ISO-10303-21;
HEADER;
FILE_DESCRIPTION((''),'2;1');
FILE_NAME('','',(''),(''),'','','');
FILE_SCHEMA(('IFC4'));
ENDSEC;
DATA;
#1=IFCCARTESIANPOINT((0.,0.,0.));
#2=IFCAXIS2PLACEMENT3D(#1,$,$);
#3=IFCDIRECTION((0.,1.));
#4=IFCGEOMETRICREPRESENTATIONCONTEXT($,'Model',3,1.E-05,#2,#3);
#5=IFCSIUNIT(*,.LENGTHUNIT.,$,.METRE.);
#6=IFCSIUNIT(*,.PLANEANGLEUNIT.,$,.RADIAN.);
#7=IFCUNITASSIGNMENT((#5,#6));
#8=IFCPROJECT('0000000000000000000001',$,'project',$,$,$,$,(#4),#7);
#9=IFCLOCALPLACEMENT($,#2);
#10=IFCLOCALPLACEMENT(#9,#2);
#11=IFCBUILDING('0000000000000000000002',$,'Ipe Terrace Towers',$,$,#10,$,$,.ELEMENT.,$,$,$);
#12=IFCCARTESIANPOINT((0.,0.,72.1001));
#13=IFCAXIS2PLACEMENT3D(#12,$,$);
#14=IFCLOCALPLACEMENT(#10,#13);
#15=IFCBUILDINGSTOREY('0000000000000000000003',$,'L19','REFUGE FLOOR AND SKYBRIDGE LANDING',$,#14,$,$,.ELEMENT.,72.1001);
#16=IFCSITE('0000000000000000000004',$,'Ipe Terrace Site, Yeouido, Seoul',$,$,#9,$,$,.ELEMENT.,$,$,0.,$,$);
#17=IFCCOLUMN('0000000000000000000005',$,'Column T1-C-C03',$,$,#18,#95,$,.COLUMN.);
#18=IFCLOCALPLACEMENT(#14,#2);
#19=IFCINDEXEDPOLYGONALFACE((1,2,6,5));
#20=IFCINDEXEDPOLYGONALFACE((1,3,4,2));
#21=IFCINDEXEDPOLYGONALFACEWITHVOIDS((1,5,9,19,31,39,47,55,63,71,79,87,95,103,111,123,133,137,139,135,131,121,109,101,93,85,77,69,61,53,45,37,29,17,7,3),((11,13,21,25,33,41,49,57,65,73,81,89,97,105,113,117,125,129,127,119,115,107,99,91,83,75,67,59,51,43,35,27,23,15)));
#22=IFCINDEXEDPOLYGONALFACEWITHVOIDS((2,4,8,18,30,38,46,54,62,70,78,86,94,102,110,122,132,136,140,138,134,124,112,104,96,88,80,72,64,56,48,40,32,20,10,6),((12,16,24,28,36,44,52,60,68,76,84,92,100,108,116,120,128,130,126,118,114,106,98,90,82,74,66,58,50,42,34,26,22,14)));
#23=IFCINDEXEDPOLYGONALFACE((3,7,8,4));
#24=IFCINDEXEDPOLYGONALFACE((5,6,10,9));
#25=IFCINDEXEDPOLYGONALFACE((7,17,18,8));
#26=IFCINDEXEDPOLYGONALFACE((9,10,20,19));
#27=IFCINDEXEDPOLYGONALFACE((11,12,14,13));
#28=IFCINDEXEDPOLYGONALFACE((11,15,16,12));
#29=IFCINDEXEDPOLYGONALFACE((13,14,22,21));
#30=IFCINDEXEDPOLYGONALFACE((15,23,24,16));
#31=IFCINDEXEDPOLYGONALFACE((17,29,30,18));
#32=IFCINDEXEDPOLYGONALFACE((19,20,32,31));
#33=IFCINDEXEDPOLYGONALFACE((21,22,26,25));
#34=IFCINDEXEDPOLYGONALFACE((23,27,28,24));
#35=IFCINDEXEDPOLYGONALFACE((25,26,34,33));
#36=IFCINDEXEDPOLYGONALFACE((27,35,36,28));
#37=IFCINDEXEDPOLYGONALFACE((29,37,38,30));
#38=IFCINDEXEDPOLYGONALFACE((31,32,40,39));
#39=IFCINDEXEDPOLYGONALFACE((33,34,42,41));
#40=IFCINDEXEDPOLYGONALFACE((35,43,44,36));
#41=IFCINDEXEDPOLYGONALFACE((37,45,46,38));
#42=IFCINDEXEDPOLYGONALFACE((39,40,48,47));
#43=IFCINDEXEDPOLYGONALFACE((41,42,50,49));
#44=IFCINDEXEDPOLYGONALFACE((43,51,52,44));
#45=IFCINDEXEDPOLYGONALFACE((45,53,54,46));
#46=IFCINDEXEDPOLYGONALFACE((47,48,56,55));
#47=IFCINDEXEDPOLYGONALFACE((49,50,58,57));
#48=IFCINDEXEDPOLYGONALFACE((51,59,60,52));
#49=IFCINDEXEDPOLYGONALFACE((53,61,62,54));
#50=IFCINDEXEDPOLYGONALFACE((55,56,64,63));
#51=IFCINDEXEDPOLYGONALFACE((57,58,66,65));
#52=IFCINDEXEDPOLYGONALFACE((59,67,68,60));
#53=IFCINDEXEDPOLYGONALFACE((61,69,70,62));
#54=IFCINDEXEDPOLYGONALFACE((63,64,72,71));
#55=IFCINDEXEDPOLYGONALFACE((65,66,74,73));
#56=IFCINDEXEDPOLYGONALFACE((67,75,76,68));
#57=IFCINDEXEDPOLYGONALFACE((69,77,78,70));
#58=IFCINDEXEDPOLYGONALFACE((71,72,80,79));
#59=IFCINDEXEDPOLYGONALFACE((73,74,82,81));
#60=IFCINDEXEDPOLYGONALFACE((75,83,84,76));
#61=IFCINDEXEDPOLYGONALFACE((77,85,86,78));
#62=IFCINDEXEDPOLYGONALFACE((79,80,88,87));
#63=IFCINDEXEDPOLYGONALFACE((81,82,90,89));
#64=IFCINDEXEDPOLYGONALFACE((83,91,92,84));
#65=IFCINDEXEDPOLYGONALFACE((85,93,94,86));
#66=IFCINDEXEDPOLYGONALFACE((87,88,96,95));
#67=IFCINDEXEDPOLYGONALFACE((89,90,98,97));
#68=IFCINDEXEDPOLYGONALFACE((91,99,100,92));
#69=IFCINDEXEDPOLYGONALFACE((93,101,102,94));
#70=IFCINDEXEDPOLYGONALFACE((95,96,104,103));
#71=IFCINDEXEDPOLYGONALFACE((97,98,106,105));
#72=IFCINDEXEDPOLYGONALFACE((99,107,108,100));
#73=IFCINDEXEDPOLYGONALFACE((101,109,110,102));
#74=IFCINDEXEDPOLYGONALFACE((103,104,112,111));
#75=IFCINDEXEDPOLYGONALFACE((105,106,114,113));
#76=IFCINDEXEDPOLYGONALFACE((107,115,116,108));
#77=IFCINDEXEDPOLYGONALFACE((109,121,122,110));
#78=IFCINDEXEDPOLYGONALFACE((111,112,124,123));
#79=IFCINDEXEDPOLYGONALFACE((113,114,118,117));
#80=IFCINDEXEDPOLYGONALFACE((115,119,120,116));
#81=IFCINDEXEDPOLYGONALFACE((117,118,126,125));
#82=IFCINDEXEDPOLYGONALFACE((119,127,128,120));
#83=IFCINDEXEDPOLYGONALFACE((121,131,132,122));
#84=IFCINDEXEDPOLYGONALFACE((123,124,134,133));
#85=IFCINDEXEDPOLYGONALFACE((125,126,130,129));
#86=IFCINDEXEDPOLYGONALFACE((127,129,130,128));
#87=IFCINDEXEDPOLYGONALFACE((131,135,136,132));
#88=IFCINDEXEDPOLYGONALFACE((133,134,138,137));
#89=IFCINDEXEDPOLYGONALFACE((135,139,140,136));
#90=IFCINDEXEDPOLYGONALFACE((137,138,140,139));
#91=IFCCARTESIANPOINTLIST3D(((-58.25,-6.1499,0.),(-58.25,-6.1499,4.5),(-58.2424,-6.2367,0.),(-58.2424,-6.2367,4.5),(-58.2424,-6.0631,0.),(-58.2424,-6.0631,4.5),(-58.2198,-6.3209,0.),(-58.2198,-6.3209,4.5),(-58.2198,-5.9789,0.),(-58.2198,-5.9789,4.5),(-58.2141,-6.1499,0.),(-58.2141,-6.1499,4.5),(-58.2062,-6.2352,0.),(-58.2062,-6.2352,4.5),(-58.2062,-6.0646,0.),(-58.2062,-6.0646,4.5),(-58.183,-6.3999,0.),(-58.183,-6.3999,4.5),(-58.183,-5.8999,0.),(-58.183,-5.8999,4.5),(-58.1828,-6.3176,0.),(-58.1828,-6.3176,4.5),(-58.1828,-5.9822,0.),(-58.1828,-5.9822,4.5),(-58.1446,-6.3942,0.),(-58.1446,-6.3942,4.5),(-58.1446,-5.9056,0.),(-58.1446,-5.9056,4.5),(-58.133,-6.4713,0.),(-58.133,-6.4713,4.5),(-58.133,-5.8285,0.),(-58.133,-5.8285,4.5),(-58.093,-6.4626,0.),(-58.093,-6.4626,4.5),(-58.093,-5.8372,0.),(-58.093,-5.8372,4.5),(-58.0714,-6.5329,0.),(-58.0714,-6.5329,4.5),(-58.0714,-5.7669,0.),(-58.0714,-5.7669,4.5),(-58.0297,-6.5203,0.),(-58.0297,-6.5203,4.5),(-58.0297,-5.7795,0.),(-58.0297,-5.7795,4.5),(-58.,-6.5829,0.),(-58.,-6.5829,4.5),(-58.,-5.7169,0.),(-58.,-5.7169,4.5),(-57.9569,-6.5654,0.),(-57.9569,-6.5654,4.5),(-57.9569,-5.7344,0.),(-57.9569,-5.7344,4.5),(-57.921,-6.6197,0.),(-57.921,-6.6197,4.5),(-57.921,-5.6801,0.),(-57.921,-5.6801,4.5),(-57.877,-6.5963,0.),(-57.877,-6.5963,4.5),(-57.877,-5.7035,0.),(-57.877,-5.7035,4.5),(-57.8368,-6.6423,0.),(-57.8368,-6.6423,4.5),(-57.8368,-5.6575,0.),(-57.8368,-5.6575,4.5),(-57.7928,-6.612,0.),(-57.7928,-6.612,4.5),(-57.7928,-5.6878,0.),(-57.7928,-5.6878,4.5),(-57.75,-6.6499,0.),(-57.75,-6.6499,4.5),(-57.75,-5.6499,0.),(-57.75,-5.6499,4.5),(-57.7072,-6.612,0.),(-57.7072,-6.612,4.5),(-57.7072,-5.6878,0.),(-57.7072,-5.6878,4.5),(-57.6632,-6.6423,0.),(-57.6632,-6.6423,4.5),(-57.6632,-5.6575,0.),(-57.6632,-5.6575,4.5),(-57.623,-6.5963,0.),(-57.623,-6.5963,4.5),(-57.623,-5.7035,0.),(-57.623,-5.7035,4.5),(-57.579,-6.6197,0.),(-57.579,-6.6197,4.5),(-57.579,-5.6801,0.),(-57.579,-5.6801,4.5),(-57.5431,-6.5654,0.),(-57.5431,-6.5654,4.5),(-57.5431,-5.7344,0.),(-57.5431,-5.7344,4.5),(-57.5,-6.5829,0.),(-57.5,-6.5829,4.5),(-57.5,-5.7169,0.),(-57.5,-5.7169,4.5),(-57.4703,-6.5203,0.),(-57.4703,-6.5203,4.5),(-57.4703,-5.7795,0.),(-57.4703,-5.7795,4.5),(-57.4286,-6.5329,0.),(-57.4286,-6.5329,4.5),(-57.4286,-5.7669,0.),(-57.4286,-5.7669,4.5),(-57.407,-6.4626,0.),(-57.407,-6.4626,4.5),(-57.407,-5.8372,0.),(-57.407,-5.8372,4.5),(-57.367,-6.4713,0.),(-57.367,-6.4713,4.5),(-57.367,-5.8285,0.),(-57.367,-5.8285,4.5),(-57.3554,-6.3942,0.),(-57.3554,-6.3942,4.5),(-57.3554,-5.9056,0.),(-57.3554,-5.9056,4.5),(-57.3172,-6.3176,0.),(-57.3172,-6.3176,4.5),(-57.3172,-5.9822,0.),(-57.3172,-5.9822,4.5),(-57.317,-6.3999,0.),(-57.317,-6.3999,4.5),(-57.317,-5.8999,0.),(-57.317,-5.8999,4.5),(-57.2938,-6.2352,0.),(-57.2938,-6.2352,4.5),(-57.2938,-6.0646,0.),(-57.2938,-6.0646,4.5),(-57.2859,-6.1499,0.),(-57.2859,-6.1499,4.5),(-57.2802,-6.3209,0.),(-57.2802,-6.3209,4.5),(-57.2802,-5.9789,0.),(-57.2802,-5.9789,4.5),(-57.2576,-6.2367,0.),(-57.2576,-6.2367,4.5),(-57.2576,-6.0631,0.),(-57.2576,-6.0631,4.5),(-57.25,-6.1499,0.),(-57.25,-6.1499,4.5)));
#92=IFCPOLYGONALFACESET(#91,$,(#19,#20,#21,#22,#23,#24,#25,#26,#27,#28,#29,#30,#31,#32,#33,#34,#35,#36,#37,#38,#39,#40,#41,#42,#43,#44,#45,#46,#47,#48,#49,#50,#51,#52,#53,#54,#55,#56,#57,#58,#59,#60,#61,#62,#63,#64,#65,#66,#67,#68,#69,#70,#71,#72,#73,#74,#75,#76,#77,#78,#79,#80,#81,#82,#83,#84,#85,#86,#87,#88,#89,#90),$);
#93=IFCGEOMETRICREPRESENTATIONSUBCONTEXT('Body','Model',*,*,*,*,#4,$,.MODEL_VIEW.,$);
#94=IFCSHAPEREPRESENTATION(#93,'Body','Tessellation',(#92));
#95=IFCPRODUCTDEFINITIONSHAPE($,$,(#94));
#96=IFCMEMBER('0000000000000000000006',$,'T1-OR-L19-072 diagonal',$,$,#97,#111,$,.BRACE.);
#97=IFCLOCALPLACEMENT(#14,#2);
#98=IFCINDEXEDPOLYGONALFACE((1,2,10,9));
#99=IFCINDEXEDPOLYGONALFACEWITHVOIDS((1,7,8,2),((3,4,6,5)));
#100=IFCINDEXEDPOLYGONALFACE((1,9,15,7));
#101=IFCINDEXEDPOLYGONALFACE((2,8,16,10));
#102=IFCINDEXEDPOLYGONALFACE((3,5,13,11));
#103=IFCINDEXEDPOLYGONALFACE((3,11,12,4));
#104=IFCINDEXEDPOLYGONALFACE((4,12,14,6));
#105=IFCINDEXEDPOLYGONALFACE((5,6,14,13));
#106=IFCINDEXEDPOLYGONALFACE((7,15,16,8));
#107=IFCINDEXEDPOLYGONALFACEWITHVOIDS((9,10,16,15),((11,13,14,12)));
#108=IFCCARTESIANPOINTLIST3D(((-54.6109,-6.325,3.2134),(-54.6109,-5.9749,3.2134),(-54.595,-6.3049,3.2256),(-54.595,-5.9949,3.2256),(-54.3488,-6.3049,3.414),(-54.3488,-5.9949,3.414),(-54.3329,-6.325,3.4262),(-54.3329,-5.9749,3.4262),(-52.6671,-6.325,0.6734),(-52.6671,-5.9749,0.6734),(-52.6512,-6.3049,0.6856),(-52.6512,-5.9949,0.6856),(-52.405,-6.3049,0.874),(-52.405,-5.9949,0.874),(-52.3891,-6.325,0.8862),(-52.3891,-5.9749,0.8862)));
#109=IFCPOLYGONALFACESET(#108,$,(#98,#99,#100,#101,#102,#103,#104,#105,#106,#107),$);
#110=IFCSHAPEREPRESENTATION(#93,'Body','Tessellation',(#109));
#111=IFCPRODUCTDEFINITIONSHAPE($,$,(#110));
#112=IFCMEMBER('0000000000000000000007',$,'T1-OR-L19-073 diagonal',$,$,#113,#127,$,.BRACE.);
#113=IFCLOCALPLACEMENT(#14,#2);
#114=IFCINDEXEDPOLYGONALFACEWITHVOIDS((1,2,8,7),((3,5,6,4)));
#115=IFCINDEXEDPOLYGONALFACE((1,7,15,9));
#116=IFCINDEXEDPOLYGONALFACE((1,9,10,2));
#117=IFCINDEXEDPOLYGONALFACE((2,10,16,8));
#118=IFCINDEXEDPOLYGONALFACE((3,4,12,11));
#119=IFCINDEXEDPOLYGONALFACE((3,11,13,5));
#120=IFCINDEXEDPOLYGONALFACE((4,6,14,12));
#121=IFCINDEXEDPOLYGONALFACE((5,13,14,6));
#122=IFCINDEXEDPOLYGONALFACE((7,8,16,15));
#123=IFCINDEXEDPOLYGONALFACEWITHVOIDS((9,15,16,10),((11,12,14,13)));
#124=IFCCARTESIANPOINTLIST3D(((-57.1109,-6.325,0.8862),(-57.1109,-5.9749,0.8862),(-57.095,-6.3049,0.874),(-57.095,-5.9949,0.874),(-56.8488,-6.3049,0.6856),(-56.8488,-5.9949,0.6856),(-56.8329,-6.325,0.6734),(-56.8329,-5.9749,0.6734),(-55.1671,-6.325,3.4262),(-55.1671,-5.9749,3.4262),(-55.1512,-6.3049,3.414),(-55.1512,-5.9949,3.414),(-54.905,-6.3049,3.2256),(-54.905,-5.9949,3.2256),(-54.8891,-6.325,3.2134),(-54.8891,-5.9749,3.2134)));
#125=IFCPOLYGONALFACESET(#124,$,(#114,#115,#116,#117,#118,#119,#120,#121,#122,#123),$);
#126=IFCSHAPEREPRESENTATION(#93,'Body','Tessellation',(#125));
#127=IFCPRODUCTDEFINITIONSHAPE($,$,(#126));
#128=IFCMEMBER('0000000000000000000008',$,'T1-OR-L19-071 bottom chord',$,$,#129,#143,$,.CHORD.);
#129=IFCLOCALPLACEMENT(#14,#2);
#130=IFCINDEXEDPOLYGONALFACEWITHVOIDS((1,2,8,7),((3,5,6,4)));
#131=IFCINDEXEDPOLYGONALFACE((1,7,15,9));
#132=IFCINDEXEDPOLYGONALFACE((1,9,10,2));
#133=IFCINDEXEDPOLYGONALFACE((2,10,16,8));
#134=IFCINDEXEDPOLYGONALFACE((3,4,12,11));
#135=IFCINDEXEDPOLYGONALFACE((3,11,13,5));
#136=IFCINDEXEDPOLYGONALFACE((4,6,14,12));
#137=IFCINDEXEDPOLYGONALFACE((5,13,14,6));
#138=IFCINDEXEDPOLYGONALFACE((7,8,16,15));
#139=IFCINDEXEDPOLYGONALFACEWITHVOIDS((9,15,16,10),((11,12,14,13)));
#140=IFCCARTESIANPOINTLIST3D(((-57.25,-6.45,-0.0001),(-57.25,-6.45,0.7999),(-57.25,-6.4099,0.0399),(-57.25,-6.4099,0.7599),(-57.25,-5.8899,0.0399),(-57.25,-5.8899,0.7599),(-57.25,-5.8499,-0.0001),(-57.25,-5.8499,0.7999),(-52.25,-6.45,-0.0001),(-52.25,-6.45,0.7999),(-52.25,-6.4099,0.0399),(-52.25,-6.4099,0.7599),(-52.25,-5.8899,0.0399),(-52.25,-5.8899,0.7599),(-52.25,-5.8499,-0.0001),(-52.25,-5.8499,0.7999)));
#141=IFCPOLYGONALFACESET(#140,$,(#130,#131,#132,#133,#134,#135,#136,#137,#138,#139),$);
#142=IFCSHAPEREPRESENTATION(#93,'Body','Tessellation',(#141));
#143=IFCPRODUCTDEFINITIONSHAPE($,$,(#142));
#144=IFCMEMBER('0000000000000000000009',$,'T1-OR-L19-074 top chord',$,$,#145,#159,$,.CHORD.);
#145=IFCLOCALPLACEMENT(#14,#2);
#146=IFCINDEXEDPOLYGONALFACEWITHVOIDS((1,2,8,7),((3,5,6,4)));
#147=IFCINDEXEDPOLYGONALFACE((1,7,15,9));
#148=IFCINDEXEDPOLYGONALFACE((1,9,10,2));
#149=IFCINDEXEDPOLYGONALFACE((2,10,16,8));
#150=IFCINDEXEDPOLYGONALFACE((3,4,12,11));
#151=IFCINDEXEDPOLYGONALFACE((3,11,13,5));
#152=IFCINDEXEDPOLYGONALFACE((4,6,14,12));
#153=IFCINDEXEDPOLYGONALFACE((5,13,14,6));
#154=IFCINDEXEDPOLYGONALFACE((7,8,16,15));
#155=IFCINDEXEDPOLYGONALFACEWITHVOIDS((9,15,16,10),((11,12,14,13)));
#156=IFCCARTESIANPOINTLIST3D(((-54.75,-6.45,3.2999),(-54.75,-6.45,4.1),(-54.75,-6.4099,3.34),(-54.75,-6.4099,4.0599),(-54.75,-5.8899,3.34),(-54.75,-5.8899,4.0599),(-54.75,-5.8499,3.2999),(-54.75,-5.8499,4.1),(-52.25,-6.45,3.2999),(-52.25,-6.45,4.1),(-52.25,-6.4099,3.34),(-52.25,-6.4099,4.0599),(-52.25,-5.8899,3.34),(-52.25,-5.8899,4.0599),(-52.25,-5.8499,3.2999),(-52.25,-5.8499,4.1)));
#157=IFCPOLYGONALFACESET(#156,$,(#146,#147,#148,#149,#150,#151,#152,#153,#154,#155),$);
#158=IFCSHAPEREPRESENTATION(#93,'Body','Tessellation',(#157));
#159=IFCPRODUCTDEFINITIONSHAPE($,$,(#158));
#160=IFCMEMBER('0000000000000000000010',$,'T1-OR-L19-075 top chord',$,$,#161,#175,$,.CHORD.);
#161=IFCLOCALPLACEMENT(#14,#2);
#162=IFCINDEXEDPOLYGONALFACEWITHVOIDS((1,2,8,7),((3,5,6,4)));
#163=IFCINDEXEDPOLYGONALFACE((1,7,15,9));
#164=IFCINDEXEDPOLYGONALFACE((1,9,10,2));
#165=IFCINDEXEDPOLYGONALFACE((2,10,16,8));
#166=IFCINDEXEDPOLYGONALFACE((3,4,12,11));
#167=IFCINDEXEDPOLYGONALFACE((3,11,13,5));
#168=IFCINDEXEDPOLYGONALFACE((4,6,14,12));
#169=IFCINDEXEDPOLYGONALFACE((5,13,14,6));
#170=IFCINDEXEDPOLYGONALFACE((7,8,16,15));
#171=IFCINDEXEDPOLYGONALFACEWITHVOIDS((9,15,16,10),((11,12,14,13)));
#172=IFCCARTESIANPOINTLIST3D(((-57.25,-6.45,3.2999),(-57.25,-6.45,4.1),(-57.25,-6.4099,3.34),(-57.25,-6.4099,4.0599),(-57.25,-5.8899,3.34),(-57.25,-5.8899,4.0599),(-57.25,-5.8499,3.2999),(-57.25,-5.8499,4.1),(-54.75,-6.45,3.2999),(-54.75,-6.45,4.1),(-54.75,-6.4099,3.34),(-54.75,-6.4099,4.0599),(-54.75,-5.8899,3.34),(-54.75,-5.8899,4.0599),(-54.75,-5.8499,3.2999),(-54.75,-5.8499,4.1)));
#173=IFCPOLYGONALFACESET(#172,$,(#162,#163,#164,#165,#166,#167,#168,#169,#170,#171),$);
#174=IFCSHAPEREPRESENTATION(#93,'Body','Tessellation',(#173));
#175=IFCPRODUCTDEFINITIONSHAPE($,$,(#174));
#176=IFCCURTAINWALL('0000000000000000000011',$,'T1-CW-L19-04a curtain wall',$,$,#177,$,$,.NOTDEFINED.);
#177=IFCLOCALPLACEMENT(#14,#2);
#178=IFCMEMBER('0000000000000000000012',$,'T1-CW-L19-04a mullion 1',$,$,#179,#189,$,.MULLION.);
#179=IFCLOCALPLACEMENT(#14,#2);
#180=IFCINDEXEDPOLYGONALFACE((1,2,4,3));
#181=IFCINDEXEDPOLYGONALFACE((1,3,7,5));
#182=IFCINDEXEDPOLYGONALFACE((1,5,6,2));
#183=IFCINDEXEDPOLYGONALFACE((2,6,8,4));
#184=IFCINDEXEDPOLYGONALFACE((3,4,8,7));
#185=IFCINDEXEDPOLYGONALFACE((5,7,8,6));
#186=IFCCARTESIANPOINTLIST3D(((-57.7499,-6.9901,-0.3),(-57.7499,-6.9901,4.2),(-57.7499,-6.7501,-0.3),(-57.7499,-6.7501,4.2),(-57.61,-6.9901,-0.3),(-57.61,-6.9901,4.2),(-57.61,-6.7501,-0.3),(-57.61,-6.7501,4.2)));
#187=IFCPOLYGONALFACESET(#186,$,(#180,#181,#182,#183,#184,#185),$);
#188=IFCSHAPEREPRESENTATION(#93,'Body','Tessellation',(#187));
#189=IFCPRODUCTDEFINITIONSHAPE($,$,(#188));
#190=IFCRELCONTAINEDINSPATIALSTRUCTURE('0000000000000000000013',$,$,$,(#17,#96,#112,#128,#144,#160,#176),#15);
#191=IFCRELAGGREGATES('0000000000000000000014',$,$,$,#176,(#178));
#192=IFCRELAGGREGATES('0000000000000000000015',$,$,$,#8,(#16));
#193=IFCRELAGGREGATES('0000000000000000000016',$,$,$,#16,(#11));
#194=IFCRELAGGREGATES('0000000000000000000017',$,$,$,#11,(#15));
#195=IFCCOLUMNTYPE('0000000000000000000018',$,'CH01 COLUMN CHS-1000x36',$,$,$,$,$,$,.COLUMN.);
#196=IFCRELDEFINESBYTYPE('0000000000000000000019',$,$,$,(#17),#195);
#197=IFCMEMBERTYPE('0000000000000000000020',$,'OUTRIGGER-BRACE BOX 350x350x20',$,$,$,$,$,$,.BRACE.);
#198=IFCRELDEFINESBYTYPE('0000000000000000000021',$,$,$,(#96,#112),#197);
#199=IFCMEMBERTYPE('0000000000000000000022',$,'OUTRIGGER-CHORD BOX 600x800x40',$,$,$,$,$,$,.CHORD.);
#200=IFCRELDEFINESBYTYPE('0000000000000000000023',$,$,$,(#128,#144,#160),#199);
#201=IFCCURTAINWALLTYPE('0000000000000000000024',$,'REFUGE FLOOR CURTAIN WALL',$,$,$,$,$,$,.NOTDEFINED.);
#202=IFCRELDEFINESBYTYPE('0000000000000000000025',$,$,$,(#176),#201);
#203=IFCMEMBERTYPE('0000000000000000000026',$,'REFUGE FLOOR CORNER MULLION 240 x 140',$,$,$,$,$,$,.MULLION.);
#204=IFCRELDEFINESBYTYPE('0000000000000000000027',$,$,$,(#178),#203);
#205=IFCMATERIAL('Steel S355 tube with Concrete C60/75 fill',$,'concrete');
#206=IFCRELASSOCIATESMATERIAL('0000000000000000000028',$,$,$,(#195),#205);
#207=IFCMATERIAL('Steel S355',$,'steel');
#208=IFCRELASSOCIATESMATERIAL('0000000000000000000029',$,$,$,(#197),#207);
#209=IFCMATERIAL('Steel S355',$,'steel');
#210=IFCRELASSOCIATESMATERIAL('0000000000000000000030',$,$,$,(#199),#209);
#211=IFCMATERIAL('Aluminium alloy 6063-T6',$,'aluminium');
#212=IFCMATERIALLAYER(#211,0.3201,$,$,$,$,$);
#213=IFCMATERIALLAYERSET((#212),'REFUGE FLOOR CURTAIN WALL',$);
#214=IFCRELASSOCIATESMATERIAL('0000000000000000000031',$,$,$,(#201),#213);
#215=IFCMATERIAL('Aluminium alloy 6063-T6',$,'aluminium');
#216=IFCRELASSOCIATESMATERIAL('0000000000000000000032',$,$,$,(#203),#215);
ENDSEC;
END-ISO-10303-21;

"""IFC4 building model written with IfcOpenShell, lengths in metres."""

from ifc_helpers import new_model, si_unit, direction, frame, origin, origin_2d, place, context, subcontext, project, spatial, rectangle, hollow_rectangle, hollow_circle, extrude, material, layer, layer_set, material_profile, profile_set, type_object, element, aggregate, save


model = new_model("IFC4")

# Units and contexts
model_context = context("Model", 3, precision=1e-05, world=origin(), true_north=direction((0.0, 1.0)))
body_context = subcontext(model_context, "Body", "Model", "MODEL_VIEW")
ifc_project = project(units=[si_unit("LENGTHUNIT", "METRE"), si_unit("PLANEANGLEUNIT", "RADIAN")], contexts=[model_context])

# Site, building, storey
site_placement = place(None, origin())
site = spatial("IfcSite", under=ifc_project, at=site_placement, Name="Ipe Terrace Site, Yeouido, Seoul", CompositionType="ELEMENT", RefElevation=0.0)
building_placement = place(site_placement, origin())
building = spatial("IfcBuilding", under=site, at=building_placement, Name="Ipe Terrace Towers", CompositionType="ELEMENT")
storey_placement = place(building_placement, frame((0.0, 0.0, 72.1001)))
storey = spatial("IfcBuildingStorey", under=building, at=storey_placement, Name="L19", Description="REFUGE FLOOR AND SKYBRIDGE LANDING", CompositionType="ELEMENT", Elevation=72.1001)

# Column
ifc_material_1 = material(Name="Steel S355 tube with Concrete C60/75 fill", Category="concrete")
ifc_material_profile_1 = material_profile(ifc_material_1, hollow_circle(Radius=0.5, WallThickness=0.0359, at=origin_2d()), Name="CHS-1000x36")
ifc_profile_set_1 = profile_set([ifc_material_profile_1], Name="Steel S355 tube with Concrete C60/75 fill")
column_type = type_object("IfcColumnType", Name="CH01 COLUMN CHS-1000x36", PredefinedType="COLUMN", material=ifc_profile_set_1)
column_placement = place(storey_placement, frame((-57.75, -6.1499, 0.0), z_axis=(0.0, 0.0, 1.0), x_axis=(1.0, 0.0, 0.0)))
element("IfcColumn", 1, at=column_placement, inside=storey, type_object=column_type, Name="Column T1-C-C03", PredefinedType="COLUMN", context=body_context, shape_type="SweptSolid", body=[
    extrude(hollow_circle(Radius=0.5, WallThickness=0.0359, at=origin_2d()), origin(), (0.0, 0.0, 1.0), 4.5),
])

# Members
ifc_material_2 = material(Name="Steel S355", Category="steel")
ifc_material_profile_2 = material_profile(ifc_material_2, hollow_rectangle(XDim=0.3501, YDim=0.3501, WallThickness=0.02, at=origin_2d()), Name="OUTRIGGER-BRACE BOX 350x350x20")
ifc_profile_set_2 = profile_set([ifc_material_profile_2], Name="Steel S355")
member_type_1 = type_object("IfcMemberType", Name="OUTRIGGER-BRACE BOX 350x350x20", PredefinedType="BRACE", material=ifc_profile_set_2)
for number, where, z_axis, x_axis, name in (
    (2, (-52.5281, -6.1499, 0.7798), (-0.607739, 0.0, 0.794137), (0.0, -1.0, 0.0), "T1-OR-L19-072 diagonal"),
    (3, (-56.9719, -6.1499, 0.7798), (0.607739, 0.0, 0.794137), (0.0, 1.0, 0.0), "T1-OR-L19-073 diagonal"),
):
    element("IfcMember", number, at=place(storey_placement, frame(where, z_axis=z_axis, x_axis=x_axis)), inside=storey, type_object=member_type_1, Name=name, PredefinedType="BRACE", context=body_context, shape_type="SweptSolid", body=[
        extrude(hollow_rectangle(XDim=0.3501, YDim=0.3501, WallThickness=0.02, at=origin_2d()), origin(), (0.0, 0.0, 1.0), 3.1985),
    ])
ifc_material_3 = material(Name="Steel S355", Category="steel")
ifc_material_profile_3 = material_profile(ifc_material_3, hollow_rectangle(XDim=0.6001, YDim=0.8, WallThickness=0.04, at=origin_2d()), Name="OUTRIGGER-CHORD BOX 600x800x40")
ifc_profile_set_3 = profile_set([ifc_material_profile_3], Name="Steel S355")
member_type_2 = type_object("IfcMemberType", Name="OUTRIGGER-CHORD BOX 600x800x40", PredefinedType="CHORD", material=ifc_profile_set_3)
member_1_placement = place(storey_placement, frame((-52.25, -6.1499, 0.3999), z_axis=(-1.0, 0.0, 0.0), x_axis=(0.0, -1.0, 0.0)))
element("IfcMember", 4, at=member_1_placement, inside=storey, type_object=member_type_2, Name="T1-OR-L19-071 bottom chord", PredefinedType="CHORD", context=body_context, shape_type="SweptSolid", body=[
    extrude(hollow_rectangle(XDim=0.6001, YDim=0.8, WallThickness=0.04, at=origin_2d()), origin(), (0.0, 0.0, 1.0), 5.0),
])
for number, where, z_axis, x_axis, name in (
    (5, (-52.25, -6.1499, 3.7), (-1.0, 0.0, 0.0), (0.0, -1.0, 0.0), "T1-OR-L19-074 top chord"),
    (6, (-54.75, -6.1499, 3.7), (-1.0, 0.0, 0.0), (0.0, -1.0, 0.0), "T1-OR-L19-075 top chord"),
):
    element("IfcMember", number, at=place(storey_placement, frame(where, z_axis=z_axis, x_axis=x_axis)), inside=storey, type_object=member_type_2, Name=name, PredefinedType="CHORD", context=body_context, shape_type="SweptSolid", body=[
        extrude(hollow_rectangle(XDim=0.6001, YDim=0.8, WallThickness=0.04, at=origin_2d()), origin(), (0.0, 0.0, 1.0), 2.5),
    ])

# Curtain wall, member
ifc_material_4 = material(Name="Aluminium alloy 6063-T6", Category="aluminium")
ifc_layer_1 = layer(ifc_material_4, 0.3201)
ifc_layer_set_1 = layer_set([ifc_layer_1], Name="REFUGE FLOOR CURTAIN WALL")
curtain_wall_type = type_object("IfcCurtainWallType", Name="REFUGE FLOOR CURTAIN WALL", PredefinedType="NOTDEFINED", material=ifc_layer_set_1)
curtain_wall_1_placement = place(storey_placement, origin())
curtain_wall_1 = element("IfcCurtainWall", 7, at=curtain_wall_1_placement, inside=storey, type_object=curtain_wall_type, Name="T1-CW-L19-04a curtain wall", PredefinedType="NOTDEFINED")
ifc_material_5 = material(Name="Aluminium alloy 6063-T6", Category="aluminium")
ifc_material_profile_4 = material_profile(ifc_material_5, rectangle(XDim=0.24, YDim=0.1399, at=origin_2d()), Name="REFUGE FLOOR CORNER MULLION 240 x 140")
ifc_profile_set_4 = profile_set([ifc_material_profile_4], Name="Aluminium alloy 6063-T6")
member_type_3 = type_object("IfcMemberType", Name="REFUGE FLOOR CORNER MULLION 240 x 140", PredefinedType="MULLION", material=ifc_profile_set_4)
member_2_placement = place(storey_placement, frame((-57.6799, -6.8701, -0.3), z_axis=(0.0, 0.0, 1.0), x_axis=(0.0, -1.0, 0.0)))
member_2 = element("IfcMember", 8, at=member_2_placement, type_object=member_type_3, Name="T1-CW-L19-04a mullion 1", PredefinedType="MULLION", context=body_context, shape_type="SweptSolid", body=[
    extrude(rectangle(XDim=0.24, YDim=0.1399, at=origin_2d()), origin(), (0.0, 0.0, 1.0), 4.5),
])

aggregate(curtain_wall_1, [member_2])

save(model, "model.ifc")
